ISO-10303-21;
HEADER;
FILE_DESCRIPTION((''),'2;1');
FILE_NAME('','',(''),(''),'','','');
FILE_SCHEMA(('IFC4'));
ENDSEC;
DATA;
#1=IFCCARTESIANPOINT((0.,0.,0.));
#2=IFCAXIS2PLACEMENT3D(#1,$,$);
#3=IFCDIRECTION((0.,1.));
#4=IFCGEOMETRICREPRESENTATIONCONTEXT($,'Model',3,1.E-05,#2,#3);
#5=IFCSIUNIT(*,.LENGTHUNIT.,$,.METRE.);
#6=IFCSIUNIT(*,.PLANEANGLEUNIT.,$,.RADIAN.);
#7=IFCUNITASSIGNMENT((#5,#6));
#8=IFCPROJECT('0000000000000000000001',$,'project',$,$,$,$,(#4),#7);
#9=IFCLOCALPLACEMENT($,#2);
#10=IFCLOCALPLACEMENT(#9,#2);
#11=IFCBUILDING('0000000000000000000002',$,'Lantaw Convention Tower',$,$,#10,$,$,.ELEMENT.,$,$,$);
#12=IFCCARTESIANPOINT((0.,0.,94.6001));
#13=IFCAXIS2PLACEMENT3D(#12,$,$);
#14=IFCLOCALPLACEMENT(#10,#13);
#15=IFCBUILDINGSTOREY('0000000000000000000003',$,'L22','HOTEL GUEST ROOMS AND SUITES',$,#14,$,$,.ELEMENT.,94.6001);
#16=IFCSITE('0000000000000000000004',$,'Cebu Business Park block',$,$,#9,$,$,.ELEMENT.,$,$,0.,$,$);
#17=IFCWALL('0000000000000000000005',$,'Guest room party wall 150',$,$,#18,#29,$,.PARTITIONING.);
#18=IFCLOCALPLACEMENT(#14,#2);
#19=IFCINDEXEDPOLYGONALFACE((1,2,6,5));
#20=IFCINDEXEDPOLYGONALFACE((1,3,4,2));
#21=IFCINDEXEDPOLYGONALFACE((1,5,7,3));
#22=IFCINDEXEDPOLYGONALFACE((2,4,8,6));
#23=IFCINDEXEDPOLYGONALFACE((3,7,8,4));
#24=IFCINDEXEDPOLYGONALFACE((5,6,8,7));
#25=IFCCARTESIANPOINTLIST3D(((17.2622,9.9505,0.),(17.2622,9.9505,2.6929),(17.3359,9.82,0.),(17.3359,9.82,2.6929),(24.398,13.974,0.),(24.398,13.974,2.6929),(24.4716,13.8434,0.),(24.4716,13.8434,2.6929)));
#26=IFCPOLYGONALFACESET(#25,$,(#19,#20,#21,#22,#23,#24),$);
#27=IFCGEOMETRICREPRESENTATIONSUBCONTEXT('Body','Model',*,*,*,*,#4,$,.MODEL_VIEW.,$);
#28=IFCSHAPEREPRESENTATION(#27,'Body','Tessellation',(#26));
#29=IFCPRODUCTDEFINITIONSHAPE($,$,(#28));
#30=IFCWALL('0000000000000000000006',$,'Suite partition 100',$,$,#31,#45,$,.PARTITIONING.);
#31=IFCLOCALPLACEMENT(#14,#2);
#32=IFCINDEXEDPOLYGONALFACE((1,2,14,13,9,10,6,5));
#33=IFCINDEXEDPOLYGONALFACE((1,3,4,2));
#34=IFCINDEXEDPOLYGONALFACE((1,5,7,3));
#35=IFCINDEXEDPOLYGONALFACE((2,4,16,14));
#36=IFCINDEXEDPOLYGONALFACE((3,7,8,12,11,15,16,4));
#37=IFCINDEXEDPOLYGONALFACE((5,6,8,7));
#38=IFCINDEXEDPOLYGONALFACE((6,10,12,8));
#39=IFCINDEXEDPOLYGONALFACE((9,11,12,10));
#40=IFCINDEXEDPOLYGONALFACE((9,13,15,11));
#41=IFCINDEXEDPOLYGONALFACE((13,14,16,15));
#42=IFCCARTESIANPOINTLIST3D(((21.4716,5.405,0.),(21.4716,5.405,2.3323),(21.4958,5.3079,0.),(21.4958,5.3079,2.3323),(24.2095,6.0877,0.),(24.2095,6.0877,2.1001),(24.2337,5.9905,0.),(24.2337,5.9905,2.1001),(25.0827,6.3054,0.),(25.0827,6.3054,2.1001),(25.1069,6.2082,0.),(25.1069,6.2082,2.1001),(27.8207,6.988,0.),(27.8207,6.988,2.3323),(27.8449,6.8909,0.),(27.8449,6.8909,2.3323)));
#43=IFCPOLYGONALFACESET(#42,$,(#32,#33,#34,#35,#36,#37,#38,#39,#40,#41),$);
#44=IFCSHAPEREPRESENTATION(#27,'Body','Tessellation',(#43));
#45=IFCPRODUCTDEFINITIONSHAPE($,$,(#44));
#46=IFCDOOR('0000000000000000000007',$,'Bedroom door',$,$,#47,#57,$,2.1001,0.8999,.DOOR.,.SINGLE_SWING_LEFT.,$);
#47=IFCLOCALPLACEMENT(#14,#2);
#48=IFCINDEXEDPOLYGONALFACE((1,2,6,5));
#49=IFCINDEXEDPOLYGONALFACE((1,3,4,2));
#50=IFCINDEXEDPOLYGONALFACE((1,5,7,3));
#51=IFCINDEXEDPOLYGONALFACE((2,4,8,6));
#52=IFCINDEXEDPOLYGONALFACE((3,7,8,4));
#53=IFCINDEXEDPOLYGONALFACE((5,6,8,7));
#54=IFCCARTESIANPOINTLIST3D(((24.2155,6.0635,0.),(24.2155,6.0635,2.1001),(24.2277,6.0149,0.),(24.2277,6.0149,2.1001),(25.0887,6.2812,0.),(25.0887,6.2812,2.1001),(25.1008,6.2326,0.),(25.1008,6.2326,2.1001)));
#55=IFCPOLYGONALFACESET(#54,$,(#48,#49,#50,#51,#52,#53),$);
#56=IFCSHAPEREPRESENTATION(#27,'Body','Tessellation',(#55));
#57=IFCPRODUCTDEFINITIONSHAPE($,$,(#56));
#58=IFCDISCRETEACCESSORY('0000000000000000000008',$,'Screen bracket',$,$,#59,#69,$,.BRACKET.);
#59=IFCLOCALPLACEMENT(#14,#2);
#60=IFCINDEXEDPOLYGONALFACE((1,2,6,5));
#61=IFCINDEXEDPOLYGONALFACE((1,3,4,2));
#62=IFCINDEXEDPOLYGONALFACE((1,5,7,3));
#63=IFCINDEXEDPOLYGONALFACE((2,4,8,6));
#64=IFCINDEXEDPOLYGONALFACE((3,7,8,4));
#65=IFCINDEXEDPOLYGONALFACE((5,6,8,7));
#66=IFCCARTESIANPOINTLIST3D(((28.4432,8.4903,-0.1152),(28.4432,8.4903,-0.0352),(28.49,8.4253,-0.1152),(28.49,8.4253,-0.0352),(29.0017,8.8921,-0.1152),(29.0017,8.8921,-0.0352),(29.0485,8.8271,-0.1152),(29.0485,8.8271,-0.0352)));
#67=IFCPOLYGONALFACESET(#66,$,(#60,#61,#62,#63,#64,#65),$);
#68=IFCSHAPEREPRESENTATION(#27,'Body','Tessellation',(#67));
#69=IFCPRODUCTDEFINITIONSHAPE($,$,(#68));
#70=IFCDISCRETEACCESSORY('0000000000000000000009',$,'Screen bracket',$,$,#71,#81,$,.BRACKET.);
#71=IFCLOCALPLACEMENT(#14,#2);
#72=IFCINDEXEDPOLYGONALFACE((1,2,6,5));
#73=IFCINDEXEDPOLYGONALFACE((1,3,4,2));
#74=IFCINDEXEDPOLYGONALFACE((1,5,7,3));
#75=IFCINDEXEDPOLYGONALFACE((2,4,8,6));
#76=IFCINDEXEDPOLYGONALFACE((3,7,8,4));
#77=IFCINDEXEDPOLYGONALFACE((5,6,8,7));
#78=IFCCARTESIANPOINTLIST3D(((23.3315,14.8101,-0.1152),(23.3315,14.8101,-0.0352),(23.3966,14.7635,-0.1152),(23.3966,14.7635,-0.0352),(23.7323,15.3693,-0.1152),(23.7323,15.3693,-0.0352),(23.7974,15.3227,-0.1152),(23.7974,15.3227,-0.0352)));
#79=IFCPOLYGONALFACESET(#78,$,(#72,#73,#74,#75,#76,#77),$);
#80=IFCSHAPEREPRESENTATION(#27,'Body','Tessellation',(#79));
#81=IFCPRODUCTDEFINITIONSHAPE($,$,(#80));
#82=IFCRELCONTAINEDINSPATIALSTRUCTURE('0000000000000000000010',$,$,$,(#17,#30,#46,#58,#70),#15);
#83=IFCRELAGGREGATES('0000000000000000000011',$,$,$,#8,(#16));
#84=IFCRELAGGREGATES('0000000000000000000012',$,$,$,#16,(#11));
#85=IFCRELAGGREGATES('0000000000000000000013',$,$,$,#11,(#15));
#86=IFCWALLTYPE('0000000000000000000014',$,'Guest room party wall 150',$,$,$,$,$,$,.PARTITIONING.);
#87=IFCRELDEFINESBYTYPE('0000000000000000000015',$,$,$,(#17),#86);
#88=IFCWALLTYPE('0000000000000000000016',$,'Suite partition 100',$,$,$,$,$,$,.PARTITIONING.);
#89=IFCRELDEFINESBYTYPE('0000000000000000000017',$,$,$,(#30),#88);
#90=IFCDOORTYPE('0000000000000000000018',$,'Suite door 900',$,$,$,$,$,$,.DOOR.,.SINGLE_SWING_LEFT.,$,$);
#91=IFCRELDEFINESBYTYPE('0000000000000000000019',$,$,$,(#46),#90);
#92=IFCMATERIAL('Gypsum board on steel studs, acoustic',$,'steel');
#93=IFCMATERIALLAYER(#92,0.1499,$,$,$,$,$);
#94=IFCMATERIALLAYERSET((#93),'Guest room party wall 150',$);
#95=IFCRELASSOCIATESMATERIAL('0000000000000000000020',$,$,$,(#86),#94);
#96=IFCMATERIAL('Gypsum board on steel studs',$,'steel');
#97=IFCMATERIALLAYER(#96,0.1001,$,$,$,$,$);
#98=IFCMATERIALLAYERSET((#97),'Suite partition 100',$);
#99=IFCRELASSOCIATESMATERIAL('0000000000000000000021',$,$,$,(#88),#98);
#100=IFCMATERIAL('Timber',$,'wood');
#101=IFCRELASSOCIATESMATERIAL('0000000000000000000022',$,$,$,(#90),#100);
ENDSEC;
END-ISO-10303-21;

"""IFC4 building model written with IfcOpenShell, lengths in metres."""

from ifc_helpers import new_model, si_unit, direction, frame, frame_2d, origin, origin_2d, place, context, subcontext, project, spatial, rectangle, extrude, material, layer, layer_set, type_object, element, fill, save


model = new_model("IFC4")

# Units and contexts
model_context = context("Model", 3, precision=1e-05, world=origin(), true_north=direction((0.0, 1.0)))
body_context = subcontext(model_context, "Body", "Model", "MODEL_VIEW")
ifc_project = project(units=[si_unit("LENGTHUNIT", "METRE"), si_unit("PLANEANGLEUNIT", "RADIAN")], contexts=[model_context])

# Site, building, storey
site_placement = place(None, origin())
site = spatial("IfcSite", under=ifc_project, at=site_placement, Name="Cebu Business Park block", CompositionType="ELEMENT", RefElevation=0.0)
building_placement = place(site_placement, origin())
building = spatial("IfcBuilding", under=site, at=building_placement, Name="Lantaw Convention Tower", CompositionType="ELEMENT")
storey_placement = place(building_placement, frame((0.0, 0.0, 94.6001)))
storey = spatial("IfcBuildingStorey", under=building, at=storey_placement, Name="L22", Description="HOTEL GUEST ROOMS AND SUITES", CompositionType="ELEMENT", Elevation=94.6001)

# Wall
ifc_material_1 = material(Name="Gypsum board on steel studs, acoustic", Category="steel")
ifc_layer_1 = layer(ifc_material_1, 0.1499)
ifc_layer_set_1 = layer_set([ifc_layer_1], Name="Guest room party wall 150")
wall_type_1 = type_object("IfcWallType", Name="Guest room party wall 150", PredefinedType="PARTITIONING", material=ifc_layer_set_1)
wall_1_placement = place(storey_placement, frame((24.4348, 13.9087, 0.0), z_axis=(0.0, 0.0, 1.0), x_axis=(-0.871075, -0.49115, 0.0)))
element("IfcWall", 1, at=wall_1_placement, inside=storey, type_object=wall_type_1, Name="Guest room party wall 150", PredefinedType="PARTITIONING", context=body_context, shape_type="SweptSolid", body=[
    extrude(rectangle(XDim=8.1919, YDim=0.1499, at=frame_2d((4.0959, 0.0))), origin(), (0.0, 0.0, 1.0), 2.6929),
])

# Wall, opening, door
ifc_material_2 = material(Name="Gypsum board on steel studs", Category="steel")
ifc_layer_2 = layer(ifc_material_2, 0.1001)
ifc_layer_set_2 = layer_set([ifc_layer_2], Name="Suite partition 100")
wall_type_2 = type_object("IfcWallType", Name="Suite partition 100", PredefinedType="PARTITIONING", material=ifc_layer_set_2)
wall_2_placement = place(storey_placement, frame((27.8328, 6.9395, 0.0), z_axis=(0.0, 0.0, 1.0), x_axis=(-0.970296, -0.241921, 0.0)))
wall_2 = element("IfcWall", 2, at=wall_2_placement, inside=storey, type_object=wall_type_2, Name="Suite partition 100", PredefinedType="PARTITIONING", context=body_context, shape_type="SweptSolid", body=[
    extrude(rectangle(XDim=6.5435, YDim=0.1001, at=frame_2d((3.2717, 0.0))), origin(), (0.0, 0.0, 1.0), 2.3323),
])
opening_1_placement = place(wall_2_placement, frame((2.8218, 0.0, 0.0)))
opening_1 = element("IfcOpeningElement", 3, at=opening_1_placement, cuts=wall_2, PredefinedType="OPENING", context=body_context, shape_type="SweptSolid", body=[
    extrude(rectangle(XDim=0.8999, YDim=2.1001, at=frame_2d((0.45, 1.05))), frame((0.0, 0.0601, 0.0), z_axis=(0.0, -1.0, 0.0), x_axis=(1.0, 0.0, 0.0)), (0.0, 0.0, 1.0), 0.1201),
])
ifc_material_3 = material(Name="Timber", Category="wood")
door_type = type_object("IfcDoorType", Name="Suite door 900", OperationType="SINGLE_SWING_LEFT", PredefinedType="DOOR", material=ifc_material_3)
door_placement = place(opening_1_placement, origin())
door = element("IfcDoor", 4, at=door_placement, inside=storey, type_object=door_type, Name="Bedroom door", OperationType="SINGLE_SWING_LEFT", OverallHeight=2.1001, OverallWidth=0.8999, PredefinedType="DOOR", context=body_context, shape_type="SweptSolid", body=[
    extrude(rectangle(XDim=0.8999, YDim=2.1001, at=frame_2d((0.45, 1.05))), frame((0.0, 0.0249, 0.0), z_axis=(0.0, -1.0, 0.0), x_axis=(1.0, 0.0, 0.0)), (0.0, 0.0, 1.0), 0.05),
])
fill(opening_1, door)

# Discrete accessories
for number, where, z_axis, x_axis, name in (
    (5, (28.7458, 8.6587, -0.1152), (0.0, 0.0, 1.0), (-0.583951, 0.811789, 0.0), "Screen bracket"),
    (6, (23.5645, 15.0664, -0.1152), (0.0, 0.0, 1.0), (-0.812804, 0.582538, 0.0), "Screen bracket"),
):
    element("IfcDiscreteAccessory", number, at=place(storey_placement, frame(where, z_axis=z_axis, x_axis=x_axis)), inside=storey, Name=name, PredefinedType="BRACKET", context=body_context, shape_type="SweptSolid", body=[
        extrude(rectangle(XDim=0.0801, YDim=0.688, at=origin_2d()), origin(), (0.0, 0.0, 1.0), 0.0801),
    ])

save(model, "model.ifc")
